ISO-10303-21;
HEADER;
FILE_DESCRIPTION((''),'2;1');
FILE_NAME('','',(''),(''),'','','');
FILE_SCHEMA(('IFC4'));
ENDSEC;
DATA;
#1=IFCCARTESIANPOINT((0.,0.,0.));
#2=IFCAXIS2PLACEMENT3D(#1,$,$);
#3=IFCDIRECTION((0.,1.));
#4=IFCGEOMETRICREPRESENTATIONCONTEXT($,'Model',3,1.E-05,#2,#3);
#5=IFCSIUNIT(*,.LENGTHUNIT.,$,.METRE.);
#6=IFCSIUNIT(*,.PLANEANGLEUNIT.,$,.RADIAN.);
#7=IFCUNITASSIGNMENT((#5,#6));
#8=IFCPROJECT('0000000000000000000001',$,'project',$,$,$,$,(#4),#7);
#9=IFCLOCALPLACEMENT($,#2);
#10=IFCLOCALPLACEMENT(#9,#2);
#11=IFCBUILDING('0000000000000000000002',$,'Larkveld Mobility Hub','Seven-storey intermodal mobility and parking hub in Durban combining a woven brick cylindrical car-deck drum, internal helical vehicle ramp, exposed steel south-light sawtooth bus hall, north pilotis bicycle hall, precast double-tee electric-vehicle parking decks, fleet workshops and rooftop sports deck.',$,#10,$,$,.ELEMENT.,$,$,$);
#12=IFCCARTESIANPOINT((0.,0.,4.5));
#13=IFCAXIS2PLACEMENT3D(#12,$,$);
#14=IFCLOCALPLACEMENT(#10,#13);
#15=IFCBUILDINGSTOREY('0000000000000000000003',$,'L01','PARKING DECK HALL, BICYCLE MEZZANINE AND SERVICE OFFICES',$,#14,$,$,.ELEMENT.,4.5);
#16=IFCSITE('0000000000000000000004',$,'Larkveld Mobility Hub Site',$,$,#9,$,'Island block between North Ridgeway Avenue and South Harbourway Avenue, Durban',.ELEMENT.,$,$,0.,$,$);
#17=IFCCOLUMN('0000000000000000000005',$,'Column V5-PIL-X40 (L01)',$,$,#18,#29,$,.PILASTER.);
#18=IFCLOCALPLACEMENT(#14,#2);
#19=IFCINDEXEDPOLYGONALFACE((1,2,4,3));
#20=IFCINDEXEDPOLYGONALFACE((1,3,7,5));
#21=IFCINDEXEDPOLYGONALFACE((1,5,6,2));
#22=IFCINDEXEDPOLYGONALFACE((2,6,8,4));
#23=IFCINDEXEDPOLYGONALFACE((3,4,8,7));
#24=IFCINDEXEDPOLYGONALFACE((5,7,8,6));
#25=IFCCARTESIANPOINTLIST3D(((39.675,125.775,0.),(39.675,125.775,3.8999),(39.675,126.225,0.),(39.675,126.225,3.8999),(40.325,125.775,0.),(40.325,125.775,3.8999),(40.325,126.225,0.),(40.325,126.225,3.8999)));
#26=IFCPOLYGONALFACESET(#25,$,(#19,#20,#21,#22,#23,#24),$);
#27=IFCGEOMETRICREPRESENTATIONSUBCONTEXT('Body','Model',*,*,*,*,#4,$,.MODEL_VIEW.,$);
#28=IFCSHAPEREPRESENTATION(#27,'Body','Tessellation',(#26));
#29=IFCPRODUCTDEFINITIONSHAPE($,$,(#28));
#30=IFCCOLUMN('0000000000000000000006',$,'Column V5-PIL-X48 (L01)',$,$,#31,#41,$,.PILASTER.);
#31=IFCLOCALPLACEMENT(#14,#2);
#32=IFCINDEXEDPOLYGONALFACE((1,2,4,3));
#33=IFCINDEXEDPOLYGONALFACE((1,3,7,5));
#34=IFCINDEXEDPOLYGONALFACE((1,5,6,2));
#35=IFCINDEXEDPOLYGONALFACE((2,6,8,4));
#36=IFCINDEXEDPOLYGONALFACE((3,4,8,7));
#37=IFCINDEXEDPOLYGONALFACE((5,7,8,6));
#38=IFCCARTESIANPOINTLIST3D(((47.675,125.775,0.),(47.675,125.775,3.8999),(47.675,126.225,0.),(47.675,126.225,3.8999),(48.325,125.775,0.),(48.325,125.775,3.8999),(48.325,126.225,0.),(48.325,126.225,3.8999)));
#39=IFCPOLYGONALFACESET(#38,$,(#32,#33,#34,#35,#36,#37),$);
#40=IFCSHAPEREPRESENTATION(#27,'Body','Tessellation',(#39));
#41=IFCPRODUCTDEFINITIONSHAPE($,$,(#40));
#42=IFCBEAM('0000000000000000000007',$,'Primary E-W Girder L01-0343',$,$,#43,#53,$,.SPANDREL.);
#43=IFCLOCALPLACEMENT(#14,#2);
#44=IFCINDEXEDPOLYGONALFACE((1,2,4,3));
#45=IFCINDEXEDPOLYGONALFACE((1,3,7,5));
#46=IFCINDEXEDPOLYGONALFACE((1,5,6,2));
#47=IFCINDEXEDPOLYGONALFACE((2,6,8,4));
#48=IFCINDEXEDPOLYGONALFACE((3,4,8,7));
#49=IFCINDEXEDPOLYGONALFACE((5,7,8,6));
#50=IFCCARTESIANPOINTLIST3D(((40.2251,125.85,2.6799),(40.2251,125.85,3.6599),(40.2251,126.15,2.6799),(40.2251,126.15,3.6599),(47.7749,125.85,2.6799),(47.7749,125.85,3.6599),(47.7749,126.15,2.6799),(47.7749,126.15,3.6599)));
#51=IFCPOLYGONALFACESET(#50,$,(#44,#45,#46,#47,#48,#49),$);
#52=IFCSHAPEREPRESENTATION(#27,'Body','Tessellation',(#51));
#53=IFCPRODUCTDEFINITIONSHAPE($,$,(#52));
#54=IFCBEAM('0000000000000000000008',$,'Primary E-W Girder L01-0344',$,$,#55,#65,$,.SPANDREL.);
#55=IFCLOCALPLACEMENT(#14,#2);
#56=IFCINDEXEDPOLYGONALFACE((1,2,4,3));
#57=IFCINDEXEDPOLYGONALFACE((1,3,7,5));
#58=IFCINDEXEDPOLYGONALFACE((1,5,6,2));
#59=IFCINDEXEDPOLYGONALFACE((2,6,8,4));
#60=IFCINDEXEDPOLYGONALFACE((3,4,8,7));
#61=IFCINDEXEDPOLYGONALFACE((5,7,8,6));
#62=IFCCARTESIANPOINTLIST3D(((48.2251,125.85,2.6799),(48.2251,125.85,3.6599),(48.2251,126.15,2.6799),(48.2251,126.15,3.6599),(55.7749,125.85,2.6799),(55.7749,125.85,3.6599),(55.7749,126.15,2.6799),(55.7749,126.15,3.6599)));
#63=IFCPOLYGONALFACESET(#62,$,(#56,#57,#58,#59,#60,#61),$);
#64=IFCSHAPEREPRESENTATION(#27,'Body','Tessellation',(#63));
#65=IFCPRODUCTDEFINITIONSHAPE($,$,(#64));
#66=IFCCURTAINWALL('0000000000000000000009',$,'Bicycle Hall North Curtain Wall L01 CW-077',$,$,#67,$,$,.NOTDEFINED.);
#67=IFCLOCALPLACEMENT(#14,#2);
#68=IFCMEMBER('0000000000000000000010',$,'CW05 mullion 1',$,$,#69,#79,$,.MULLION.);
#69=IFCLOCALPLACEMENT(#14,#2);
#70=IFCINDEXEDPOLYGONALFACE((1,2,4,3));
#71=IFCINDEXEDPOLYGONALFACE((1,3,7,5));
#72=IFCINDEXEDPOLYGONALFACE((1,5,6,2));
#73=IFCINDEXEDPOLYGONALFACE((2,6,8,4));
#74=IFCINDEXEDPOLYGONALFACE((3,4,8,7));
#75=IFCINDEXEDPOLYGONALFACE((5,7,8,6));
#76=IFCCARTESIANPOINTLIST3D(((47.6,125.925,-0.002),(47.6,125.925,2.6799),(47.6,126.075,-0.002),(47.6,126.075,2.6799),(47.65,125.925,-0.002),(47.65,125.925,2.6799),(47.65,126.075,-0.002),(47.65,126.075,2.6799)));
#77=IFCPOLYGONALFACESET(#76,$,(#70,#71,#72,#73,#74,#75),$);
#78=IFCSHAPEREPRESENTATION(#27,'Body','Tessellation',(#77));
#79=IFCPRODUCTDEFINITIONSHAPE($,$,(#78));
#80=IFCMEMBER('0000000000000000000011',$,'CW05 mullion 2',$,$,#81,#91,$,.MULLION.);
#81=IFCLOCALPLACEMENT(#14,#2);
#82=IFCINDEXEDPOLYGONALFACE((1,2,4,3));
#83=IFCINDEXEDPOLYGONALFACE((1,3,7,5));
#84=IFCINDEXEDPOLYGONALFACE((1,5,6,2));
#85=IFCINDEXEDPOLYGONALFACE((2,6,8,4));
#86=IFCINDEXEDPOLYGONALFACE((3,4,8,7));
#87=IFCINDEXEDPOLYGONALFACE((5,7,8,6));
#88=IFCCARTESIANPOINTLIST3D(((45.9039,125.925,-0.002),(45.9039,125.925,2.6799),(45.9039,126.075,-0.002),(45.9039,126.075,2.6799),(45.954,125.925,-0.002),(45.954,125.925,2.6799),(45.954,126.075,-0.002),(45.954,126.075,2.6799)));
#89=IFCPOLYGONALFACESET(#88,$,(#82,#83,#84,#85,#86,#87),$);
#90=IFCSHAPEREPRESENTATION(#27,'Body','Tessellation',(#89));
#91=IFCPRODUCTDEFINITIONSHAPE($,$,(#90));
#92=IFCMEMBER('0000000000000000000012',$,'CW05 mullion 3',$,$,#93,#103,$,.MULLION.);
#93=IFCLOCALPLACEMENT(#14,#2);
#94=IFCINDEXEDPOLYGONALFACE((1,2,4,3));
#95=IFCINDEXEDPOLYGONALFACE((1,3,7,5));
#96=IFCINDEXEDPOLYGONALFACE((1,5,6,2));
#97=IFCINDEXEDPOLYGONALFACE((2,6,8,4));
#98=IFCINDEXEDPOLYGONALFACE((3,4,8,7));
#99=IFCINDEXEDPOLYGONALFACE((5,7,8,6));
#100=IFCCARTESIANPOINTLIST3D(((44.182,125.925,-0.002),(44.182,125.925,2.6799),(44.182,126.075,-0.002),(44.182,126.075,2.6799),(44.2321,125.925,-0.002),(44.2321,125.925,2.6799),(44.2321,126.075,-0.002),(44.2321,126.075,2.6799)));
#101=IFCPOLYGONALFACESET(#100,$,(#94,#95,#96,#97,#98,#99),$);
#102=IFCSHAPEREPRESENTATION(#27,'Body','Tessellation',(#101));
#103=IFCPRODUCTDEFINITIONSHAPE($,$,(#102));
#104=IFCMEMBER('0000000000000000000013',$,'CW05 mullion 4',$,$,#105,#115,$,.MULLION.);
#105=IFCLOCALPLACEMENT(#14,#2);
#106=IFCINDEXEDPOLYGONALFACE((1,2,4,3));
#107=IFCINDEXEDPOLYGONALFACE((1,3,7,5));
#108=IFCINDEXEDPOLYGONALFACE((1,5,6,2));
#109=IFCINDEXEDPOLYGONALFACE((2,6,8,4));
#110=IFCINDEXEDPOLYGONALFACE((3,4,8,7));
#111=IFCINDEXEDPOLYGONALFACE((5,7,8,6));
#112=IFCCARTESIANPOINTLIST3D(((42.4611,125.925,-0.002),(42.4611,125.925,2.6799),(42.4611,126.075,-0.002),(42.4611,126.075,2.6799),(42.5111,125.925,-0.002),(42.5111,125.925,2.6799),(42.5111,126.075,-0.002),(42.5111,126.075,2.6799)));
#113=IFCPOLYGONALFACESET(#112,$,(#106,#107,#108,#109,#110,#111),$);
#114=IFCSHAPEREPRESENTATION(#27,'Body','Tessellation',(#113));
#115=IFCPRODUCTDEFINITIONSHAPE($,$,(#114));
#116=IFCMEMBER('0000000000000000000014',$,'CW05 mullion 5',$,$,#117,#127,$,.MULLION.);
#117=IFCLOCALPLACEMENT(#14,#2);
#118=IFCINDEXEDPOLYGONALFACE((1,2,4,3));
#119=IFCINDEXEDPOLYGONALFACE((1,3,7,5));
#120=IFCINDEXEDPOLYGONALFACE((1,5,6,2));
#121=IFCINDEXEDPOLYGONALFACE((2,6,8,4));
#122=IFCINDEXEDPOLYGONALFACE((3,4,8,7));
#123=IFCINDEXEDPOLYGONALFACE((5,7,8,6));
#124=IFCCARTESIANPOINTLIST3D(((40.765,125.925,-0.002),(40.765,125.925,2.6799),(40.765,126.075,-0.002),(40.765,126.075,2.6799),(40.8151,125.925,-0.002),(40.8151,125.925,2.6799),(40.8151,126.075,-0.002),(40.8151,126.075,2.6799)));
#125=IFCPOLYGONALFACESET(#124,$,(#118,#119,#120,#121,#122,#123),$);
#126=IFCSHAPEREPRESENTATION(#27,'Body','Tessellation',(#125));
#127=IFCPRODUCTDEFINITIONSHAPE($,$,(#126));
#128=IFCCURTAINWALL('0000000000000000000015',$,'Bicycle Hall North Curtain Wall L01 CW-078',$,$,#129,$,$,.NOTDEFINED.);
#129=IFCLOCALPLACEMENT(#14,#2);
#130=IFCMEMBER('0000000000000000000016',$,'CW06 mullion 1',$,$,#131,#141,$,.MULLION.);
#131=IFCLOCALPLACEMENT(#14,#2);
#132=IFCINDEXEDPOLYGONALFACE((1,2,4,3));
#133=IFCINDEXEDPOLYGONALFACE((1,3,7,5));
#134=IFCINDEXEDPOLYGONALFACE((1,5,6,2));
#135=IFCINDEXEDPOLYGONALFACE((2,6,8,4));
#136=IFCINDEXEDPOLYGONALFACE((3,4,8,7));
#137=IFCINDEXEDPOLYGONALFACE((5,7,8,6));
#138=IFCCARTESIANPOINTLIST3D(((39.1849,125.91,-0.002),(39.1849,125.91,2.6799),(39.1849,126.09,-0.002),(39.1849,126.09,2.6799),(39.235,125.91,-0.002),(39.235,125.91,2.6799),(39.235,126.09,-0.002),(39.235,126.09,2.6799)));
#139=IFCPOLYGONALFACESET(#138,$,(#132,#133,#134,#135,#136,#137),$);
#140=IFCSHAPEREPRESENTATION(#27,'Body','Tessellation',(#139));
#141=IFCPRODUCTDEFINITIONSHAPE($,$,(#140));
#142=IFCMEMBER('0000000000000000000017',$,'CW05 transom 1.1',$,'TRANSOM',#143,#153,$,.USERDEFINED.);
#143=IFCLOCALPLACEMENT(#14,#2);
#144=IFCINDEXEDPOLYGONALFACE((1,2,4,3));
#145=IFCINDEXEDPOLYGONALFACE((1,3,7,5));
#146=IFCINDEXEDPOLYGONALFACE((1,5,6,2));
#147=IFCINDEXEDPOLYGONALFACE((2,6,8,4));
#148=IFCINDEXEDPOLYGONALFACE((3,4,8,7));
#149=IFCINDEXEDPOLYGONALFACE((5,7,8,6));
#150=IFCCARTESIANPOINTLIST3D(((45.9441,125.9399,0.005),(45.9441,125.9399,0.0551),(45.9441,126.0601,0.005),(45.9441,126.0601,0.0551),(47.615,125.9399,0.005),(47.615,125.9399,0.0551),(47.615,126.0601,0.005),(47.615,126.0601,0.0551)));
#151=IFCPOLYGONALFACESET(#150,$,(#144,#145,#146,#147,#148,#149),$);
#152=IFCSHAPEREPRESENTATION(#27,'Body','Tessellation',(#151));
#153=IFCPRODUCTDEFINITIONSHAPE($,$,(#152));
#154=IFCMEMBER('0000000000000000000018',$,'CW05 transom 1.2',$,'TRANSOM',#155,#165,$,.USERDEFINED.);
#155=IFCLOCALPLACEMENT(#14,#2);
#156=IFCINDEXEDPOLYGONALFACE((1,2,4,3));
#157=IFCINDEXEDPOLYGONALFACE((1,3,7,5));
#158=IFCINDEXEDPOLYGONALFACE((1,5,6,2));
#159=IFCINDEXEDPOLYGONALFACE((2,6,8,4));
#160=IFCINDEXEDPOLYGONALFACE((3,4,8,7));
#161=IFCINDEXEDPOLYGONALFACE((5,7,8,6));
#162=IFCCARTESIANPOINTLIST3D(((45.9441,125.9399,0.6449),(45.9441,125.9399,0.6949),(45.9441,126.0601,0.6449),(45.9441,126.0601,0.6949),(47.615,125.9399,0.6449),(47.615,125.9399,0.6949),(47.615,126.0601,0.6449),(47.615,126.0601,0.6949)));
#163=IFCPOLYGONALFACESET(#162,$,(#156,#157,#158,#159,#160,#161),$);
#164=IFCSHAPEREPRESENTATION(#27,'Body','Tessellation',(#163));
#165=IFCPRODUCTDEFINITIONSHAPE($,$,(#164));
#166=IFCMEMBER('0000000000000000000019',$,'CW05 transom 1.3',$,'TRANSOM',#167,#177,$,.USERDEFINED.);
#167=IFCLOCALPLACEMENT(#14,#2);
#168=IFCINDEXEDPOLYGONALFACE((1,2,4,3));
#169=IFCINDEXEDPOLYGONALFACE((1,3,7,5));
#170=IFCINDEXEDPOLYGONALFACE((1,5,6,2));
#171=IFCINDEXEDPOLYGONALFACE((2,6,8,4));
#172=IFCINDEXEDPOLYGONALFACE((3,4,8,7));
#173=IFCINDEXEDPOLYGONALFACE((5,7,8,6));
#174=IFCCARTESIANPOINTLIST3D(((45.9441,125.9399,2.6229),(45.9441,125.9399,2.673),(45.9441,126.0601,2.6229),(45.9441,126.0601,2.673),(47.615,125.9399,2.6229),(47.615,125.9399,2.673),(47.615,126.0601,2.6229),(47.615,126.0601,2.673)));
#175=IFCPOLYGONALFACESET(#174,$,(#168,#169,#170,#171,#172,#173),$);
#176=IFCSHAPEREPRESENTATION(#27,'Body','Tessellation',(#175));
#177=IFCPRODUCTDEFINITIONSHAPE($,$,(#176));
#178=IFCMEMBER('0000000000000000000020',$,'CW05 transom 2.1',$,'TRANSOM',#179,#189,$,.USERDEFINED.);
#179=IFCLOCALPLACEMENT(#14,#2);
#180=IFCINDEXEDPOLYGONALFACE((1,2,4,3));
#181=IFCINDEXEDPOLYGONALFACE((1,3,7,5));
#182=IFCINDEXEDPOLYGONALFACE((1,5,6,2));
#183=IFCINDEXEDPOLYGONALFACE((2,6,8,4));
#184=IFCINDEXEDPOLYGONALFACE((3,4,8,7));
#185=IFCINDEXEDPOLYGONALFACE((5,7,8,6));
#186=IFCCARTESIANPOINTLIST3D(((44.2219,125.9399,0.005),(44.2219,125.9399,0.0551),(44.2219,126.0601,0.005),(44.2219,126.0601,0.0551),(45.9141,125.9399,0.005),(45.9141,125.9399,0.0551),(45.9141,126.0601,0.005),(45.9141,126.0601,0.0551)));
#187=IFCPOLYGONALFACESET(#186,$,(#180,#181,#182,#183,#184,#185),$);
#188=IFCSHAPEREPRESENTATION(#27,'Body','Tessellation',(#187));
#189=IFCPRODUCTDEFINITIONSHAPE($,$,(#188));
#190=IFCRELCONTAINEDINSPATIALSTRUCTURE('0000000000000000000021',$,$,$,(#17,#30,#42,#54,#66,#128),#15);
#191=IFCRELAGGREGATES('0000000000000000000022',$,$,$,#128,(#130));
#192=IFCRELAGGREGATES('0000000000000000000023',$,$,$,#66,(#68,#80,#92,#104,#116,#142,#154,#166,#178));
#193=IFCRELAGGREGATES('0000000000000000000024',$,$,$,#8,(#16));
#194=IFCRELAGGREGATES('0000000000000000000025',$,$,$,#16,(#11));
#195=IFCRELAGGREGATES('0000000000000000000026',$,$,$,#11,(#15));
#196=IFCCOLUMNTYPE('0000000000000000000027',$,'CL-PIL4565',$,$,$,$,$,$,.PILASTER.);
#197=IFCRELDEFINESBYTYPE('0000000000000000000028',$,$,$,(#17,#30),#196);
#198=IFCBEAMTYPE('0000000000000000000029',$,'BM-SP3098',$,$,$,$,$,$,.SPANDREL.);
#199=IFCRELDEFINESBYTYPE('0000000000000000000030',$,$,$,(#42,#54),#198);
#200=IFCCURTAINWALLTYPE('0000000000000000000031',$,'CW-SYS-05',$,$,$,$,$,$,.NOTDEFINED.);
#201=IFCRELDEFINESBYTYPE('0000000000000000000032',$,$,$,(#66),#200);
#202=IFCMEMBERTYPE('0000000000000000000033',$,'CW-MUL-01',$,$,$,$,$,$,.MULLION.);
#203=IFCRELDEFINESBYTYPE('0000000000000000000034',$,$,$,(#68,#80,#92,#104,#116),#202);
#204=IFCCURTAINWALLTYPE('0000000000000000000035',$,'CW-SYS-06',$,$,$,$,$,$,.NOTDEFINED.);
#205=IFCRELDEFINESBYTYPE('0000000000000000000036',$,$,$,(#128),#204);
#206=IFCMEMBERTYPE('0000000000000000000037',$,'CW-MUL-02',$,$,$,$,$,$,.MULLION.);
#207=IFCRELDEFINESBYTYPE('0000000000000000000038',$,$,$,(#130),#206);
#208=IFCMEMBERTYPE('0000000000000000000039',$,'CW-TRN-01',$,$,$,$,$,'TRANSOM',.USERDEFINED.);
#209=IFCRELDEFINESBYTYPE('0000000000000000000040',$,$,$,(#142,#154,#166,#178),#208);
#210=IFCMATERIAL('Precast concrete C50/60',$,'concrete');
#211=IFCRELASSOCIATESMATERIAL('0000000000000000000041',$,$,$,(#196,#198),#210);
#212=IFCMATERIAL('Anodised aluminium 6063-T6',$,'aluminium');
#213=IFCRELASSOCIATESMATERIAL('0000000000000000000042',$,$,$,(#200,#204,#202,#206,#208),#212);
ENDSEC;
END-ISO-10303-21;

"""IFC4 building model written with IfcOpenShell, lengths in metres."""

from ifc_helpers import new_model, si_unit, direction, frame, origin, origin_2d, place, context, subcontext, project, spatial, rectangle, extrude, material, material_profile, profile_set, type_object, element, aggregate, save


model = new_model("IFC4")

# Units and contexts
model_context = context("Model", 3, precision=1e-05, world=origin(), true_north=direction((0.0, 1.0)))
body_context = subcontext(model_context, "Body", "Model", "MODEL_VIEW")
ifc_project = project(units=[si_unit("LENGTHUNIT", "METRE"), si_unit("PLANEANGLEUNIT", "RADIAN")], contexts=[model_context])

# Site, building, storey
site_placement = place(None, origin())
site = spatial("IfcSite", under=ifc_project, at=site_placement, Name="Larkveld Mobility Hub Site", LongName="Island block between North Ridgeway Avenue and South Harbourway Avenue, Durban", CompositionType="ELEMENT", RefElevation=0.0)
building_placement = place(site_placement, origin())
building = spatial("IfcBuilding", under=site, at=building_placement, Name="Larkveld Mobility Hub", Description="Seven-storey intermodal mobility and parking hub in Durban combining a woven brick cylindrical car-deck drum, internal helical vehicle ramp, exposed steel south-light sawtooth bus hall, north pilotis bicycle hall, precast double-tee electric-vehicle parking decks, fleet workshops and rooftop sports deck.", CompositionType="ELEMENT")
storey_placement = place(building_placement, frame((0.0, 0.0, 4.5)))
storey = spatial("IfcBuildingStorey", under=building, at=storey_placement, Name="L01", Description="PARKING DECK HALL, BICYCLE MEZZANINE AND SERVICE OFFICES", CompositionType="ELEMENT", Elevation=4.5)

# Columns
ifc_material_1 = material(Name="Precast concrete C50/60", Category="concrete")
ifc_material_profile_1 = material_profile(ifc_material_1, rectangle(XDim=0.45, YDim=0.6499, at=origin_2d()), Name="PC PIL 450x650")
ifc_profile_set_1 = profile_set([ifc_material_profile_1], Name="Precast concrete C50/60")
column_type = type_object("IfcColumnType", Name="CL-PIL4565", PredefinedType="PILASTER", material=ifc_profile_set_1)
for number, where, z_axis, x_axis, name in (
    (1, (40.0, 126.0, 0.0), (0.0, 0.0, 1.0), (0.0, 1.0, 0.0), "Column V5-PIL-X40 (L01)"),
    (2, (48.0, 126.0, 0.0), (0.0, 0.0, 1.0), (0.0, 1.0, 0.0), "Column V5-PIL-X48 (L01)"),
):
    element("IfcColumn", number, at=place(storey_placement, frame(where, z_axis=z_axis, x_axis=x_axis)), inside=storey, type_object=column_type, Name=name, PredefinedType="PILASTER", context=body_context, shape_type="SweptSolid", body=[
        extrude(rectangle(XDim=0.45, YDim=0.6499, at=origin_2d()), origin(), (0.0, 0.0, 1.0), 3.8999),
    ])

# Beams
ifc_material_profile_2 = material_profile(ifc_material_1, rectangle(XDim=0.3, YDim=0.98, at=origin_2d()), Name="PC SP 300x980")
ifc_profile_set_2 = profile_set([ifc_material_profile_2], Name="Precast concrete C50/60")
beam_type = type_object("IfcBeamType", Name="BM-SP3098", PredefinedType="SPANDREL", material=ifc_profile_set_2)
for number, where, z_axis, x_axis, name in (
    (3, (40.2251, 126.0, 3.1699), (1.0, 0.0, 0.0), (0.0, 1.0, 0.0), "Primary E-W Girder L01-0343"),
    (4, (48.2251, 126.0, 3.1699), (1.0, 0.0, 0.0), (0.0, 1.0, 0.0), "Primary E-W Girder L01-0344"),
):
    element("IfcBeam", number, at=place(storey_placement, frame(where, z_axis=z_axis, x_axis=x_axis)), inside=storey, type_object=beam_type, Name=name, PredefinedType="SPANDREL", context=body_context, shape_type="SweptSolid", body=[
        extrude(rectangle(XDim=0.3, YDim=0.98, at=origin_2d()), origin(), (0.0, 0.0, 1.0), 7.5498),
    ])

# Curtain wall, members
ifc_material_2 = material(Name="Anodised aluminium 6063-T6", Category="aluminium")
curtain_wall_type_1 = type_object("IfcCurtainWallType", Name="CW-SYS-05", PredefinedType="NOTDEFINED", material=ifc_material_2)
curtain_wall_1_placement = place(storey_placement, origin())
curtain_wall_1 = element("IfcCurtainWall", 5, at=curtain_wall_1_placement, inside=storey, type_object=curtain_wall_type_1, Name="Bicycle Hall North Curtain Wall L01 CW-077", PredefinedType="NOTDEFINED")
ifc_material_profile_3 = material_profile(ifc_material_2, rectangle(XDim=0.05, YDim=0.1499, at=origin_2d()), Name="ALU MULL 50x150")
ifc_profile_set_3 = profile_set([ifc_material_profile_3], Name="Anodised aluminium 6063-T6")
member_type_1 = type_object("IfcMemberType", Name="CW-MUL-01", PredefinedType="MULLION", material=ifc_profile_set_3)
member_1_placement = place(storey_placement, frame((47.625, 126.0, -0.002), z_axis=(0.0, 0.0, 1.0), x_axis=(-1.0, 0.0, 0.0)))
member_1 = element("IfcMember", 6, at=member_1_placement, type_object=member_type_1, Name="CW05 mullion 1", PredefinedType="MULLION", context=body_context, shape_type="SweptSolid", body=[
    extrude(rectangle(XDim=0.05, YDim=0.1499, at=origin_2d()), origin(), (0.0, 0.0, 1.0), 2.6819),
])
member_2_placement = place(storey_placement, frame((45.929, 126.0, -0.002), z_axis=(0.0, 0.0, 1.0), x_axis=(-1.0, 0.0, 0.0)))
member_2 = element("IfcMember", 7, at=member_2_placement, type_object=member_type_1, Name="CW05 mullion 2", PredefinedType="MULLION", context=body_context, shape_type="SweptSolid", body=[
    extrude(rectangle(XDim=0.05, YDim=0.1499, at=origin_2d()), origin(), (0.0, 0.0, 1.0), 2.6819),
])
member_3_placement = place(storey_placement, frame((44.207, 126.0, -0.002), z_axis=(0.0, 0.0, 1.0), x_axis=(-1.0, 0.0, 0.0)))
member_3 = element("IfcMember", 8, at=member_3_placement, type_object=member_type_1, Name="CW05 mullion 3", PredefinedType="MULLION", context=body_context, shape_type="SweptSolid", body=[
    extrude(rectangle(XDim=0.05, YDim=0.1499, at=origin_2d()), origin(), (0.0, 0.0, 1.0), 2.6819),
])
member_4_placement = place(storey_placement, frame((42.4861, 126.0, -0.002), z_axis=(0.0, 0.0, 1.0), x_axis=(-1.0, 0.0, 0.0)))
member_4 = element("IfcMember", 9, at=member_4_placement, type_object=member_type_1, Name="CW05 mullion 4", PredefinedType="MULLION", context=body_context, shape_type="SweptSolid", body=[
    extrude(rectangle(XDim=0.05, YDim=0.1499, at=origin_2d()), origin(), (0.0, 0.0, 1.0), 2.6819),
])
member_5_placement = place(storey_placement, frame((40.79, 126.0, -0.002), z_axis=(0.0, 0.0, 1.0), x_axis=(-1.0, 0.0, 0.0)))
member_5 = element("IfcMember", 10, at=member_5_placement, type_object=member_type_1, Name="CW05 mullion 5", PredefinedType="MULLION", context=body_context, shape_type="SweptSolid", body=[
    extrude(rectangle(XDim=0.05, YDim=0.1499, at=origin_2d()), origin(), (0.0, 0.0, 1.0), 2.6819),
])

# Curtain wall, member
curtain_wall_type_2 = type_object("IfcCurtainWallType", Name="CW-SYS-06", PredefinedType="NOTDEFINED", material=ifc_material_2)
curtain_wall_2_placement = place(storey_placement, origin())
curtain_wall_2 = element("IfcCurtainWall", 11, at=curtain_wall_2_placement, inside=storey, type_object=curtain_wall_type_2, Name="Bicycle Hall North Curtain Wall L01 CW-078", PredefinedType="NOTDEFINED")
ifc_material_profile_4 = material_profile(ifc_material_2, rectangle(XDim=0.05, YDim=0.1799, at=origin_2d()), Name="ALU MULL 50x180")
ifc_profile_set_4 = profile_set([ifc_material_profile_4], Name="Anodised aluminium 6063-T6")
member_type_2 = type_object("IfcMemberType", Name="CW-MUL-02", PredefinedType="MULLION", material=ifc_profile_set_4)
member_6_placement = place(storey_placement, frame((39.21, 126.0, -0.002), z_axis=(0.0, 0.0, 1.0), x_axis=(-1.0, 0.0, 0.0)))
member_6 = element("IfcMember", 12, at=member_6_placement, type_object=member_type_2, Name="CW06 mullion 1", PredefinedType="MULLION", context=body_context, shape_type="SweptSolid", body=[
    extrude(rectangle(XDim=0.05, YDim=0.1799, at=origin_2d()), origin(), (0.0, 0.0, 1.0), 2.6819),
])

# Members
ifc_material_profile_5 = material_profile(ifc_material_2, rectangle(XDim=0.1201, YDim=0.05, at=origin_2d()), Name="ALU TRAN 50x120")
ifc_profile_set_5 = profile_set([ifc_material_profile_5], Name="Anodised aluminium 6063-T6")
member_type_3 = type_object("IfcMemberType", Name="CW-TRN-01", ElementType="TRANSOM", PredefinedType="USERDEFINED", material=ifc_profile_set_5)
member_7_placement = place(storey_placement, frame((47.615, 126.0, 0.03), z_axis=(-1.0, 0.0, 0.0), x_axis=(0.0, -1.0, 0.0)))
member_7 = element("IfcMember", 13, at=member_7_placement, type_object=member_type_3, Name="CW05 transom 1.1", ObjectType="TRANSOM", PredefinedType="USERDEFINED", context=body_context, shape_type="SweptSolid", body=[
    extrude(rectangle(XDim=0.1201, YDim=0.05, at=origin_2d()), origin(), (0.0, 0.0, 1.0), 1.6709),
])
member_8_placement = place(storey_placement, frame((47.615, 126.0, 0.6699), z_axis=(-1.0, 0.0, 0.0), x_axis=(0.0, -1.0, 0.0)))
member_8 = element("IfcMember", 14, at=member_8_placement, type_object=member_type_3, Name="CW05 transom 1.2", ObjectType="TRANSOM", PredefinedType="USERDEFINED", context=body_context, shape_type="SweptSolid", body=[
    extrude(rectangle(XDim=0.1201, YDim=0.05, at=origin_2d()), origin(), (0.0, 0.0, 1.0), 1.6709),
])
member_9_placement = place(storey_placement, frame((47.615, 126.0, 2.6479), z_axis=(-1.0, 0.0, 0.0), x_axis=(0.0, -1.0, 0.0)))
member_9 = element("IfcMember", 15, at=member_9_placement, type_object=member_type_3, Name="CW05 transom 1.3", ObjectType="TRANSOM", PredefinedType="USERDEFINED", context=body_context, shape_type="SweptSolid", body=[
    extrude(rectangle(XDim=0.1201, YDim=0.05, at=origin_2d()), origin(), (0.0, 0.0, 1.0), 1.6709),
])
member_10_placement = place(storey_placement, frame((45.9141, 126.0, 0.03), z_axis=(-1.0, 0.0, 0.0), x_axis=(0.0, -1.0, 0.0)))
member_10 = element("IfcMember", 16, at=member_10_placement, type_object=member_type_3, Name="CW05 transom 2.1", ObjectType="TRANSOM", PredefinedType="USERDEFINED", context=body_context, shape_type="SweptSolid", body=[
    extrude(rectangle(XDim=0.1201, YDim=0.05, at=origin_2d()), origin(), (0.0, 0.0, 1.0), 1.6921),
])
aggregate(curtain_wall_2, [member_6])

aggregate(curtain_wall_1, [member_1, member_2, member_3, member_4, member_5, member_7, member_8, member_9, member_10])

save(model, "model.ifc")
